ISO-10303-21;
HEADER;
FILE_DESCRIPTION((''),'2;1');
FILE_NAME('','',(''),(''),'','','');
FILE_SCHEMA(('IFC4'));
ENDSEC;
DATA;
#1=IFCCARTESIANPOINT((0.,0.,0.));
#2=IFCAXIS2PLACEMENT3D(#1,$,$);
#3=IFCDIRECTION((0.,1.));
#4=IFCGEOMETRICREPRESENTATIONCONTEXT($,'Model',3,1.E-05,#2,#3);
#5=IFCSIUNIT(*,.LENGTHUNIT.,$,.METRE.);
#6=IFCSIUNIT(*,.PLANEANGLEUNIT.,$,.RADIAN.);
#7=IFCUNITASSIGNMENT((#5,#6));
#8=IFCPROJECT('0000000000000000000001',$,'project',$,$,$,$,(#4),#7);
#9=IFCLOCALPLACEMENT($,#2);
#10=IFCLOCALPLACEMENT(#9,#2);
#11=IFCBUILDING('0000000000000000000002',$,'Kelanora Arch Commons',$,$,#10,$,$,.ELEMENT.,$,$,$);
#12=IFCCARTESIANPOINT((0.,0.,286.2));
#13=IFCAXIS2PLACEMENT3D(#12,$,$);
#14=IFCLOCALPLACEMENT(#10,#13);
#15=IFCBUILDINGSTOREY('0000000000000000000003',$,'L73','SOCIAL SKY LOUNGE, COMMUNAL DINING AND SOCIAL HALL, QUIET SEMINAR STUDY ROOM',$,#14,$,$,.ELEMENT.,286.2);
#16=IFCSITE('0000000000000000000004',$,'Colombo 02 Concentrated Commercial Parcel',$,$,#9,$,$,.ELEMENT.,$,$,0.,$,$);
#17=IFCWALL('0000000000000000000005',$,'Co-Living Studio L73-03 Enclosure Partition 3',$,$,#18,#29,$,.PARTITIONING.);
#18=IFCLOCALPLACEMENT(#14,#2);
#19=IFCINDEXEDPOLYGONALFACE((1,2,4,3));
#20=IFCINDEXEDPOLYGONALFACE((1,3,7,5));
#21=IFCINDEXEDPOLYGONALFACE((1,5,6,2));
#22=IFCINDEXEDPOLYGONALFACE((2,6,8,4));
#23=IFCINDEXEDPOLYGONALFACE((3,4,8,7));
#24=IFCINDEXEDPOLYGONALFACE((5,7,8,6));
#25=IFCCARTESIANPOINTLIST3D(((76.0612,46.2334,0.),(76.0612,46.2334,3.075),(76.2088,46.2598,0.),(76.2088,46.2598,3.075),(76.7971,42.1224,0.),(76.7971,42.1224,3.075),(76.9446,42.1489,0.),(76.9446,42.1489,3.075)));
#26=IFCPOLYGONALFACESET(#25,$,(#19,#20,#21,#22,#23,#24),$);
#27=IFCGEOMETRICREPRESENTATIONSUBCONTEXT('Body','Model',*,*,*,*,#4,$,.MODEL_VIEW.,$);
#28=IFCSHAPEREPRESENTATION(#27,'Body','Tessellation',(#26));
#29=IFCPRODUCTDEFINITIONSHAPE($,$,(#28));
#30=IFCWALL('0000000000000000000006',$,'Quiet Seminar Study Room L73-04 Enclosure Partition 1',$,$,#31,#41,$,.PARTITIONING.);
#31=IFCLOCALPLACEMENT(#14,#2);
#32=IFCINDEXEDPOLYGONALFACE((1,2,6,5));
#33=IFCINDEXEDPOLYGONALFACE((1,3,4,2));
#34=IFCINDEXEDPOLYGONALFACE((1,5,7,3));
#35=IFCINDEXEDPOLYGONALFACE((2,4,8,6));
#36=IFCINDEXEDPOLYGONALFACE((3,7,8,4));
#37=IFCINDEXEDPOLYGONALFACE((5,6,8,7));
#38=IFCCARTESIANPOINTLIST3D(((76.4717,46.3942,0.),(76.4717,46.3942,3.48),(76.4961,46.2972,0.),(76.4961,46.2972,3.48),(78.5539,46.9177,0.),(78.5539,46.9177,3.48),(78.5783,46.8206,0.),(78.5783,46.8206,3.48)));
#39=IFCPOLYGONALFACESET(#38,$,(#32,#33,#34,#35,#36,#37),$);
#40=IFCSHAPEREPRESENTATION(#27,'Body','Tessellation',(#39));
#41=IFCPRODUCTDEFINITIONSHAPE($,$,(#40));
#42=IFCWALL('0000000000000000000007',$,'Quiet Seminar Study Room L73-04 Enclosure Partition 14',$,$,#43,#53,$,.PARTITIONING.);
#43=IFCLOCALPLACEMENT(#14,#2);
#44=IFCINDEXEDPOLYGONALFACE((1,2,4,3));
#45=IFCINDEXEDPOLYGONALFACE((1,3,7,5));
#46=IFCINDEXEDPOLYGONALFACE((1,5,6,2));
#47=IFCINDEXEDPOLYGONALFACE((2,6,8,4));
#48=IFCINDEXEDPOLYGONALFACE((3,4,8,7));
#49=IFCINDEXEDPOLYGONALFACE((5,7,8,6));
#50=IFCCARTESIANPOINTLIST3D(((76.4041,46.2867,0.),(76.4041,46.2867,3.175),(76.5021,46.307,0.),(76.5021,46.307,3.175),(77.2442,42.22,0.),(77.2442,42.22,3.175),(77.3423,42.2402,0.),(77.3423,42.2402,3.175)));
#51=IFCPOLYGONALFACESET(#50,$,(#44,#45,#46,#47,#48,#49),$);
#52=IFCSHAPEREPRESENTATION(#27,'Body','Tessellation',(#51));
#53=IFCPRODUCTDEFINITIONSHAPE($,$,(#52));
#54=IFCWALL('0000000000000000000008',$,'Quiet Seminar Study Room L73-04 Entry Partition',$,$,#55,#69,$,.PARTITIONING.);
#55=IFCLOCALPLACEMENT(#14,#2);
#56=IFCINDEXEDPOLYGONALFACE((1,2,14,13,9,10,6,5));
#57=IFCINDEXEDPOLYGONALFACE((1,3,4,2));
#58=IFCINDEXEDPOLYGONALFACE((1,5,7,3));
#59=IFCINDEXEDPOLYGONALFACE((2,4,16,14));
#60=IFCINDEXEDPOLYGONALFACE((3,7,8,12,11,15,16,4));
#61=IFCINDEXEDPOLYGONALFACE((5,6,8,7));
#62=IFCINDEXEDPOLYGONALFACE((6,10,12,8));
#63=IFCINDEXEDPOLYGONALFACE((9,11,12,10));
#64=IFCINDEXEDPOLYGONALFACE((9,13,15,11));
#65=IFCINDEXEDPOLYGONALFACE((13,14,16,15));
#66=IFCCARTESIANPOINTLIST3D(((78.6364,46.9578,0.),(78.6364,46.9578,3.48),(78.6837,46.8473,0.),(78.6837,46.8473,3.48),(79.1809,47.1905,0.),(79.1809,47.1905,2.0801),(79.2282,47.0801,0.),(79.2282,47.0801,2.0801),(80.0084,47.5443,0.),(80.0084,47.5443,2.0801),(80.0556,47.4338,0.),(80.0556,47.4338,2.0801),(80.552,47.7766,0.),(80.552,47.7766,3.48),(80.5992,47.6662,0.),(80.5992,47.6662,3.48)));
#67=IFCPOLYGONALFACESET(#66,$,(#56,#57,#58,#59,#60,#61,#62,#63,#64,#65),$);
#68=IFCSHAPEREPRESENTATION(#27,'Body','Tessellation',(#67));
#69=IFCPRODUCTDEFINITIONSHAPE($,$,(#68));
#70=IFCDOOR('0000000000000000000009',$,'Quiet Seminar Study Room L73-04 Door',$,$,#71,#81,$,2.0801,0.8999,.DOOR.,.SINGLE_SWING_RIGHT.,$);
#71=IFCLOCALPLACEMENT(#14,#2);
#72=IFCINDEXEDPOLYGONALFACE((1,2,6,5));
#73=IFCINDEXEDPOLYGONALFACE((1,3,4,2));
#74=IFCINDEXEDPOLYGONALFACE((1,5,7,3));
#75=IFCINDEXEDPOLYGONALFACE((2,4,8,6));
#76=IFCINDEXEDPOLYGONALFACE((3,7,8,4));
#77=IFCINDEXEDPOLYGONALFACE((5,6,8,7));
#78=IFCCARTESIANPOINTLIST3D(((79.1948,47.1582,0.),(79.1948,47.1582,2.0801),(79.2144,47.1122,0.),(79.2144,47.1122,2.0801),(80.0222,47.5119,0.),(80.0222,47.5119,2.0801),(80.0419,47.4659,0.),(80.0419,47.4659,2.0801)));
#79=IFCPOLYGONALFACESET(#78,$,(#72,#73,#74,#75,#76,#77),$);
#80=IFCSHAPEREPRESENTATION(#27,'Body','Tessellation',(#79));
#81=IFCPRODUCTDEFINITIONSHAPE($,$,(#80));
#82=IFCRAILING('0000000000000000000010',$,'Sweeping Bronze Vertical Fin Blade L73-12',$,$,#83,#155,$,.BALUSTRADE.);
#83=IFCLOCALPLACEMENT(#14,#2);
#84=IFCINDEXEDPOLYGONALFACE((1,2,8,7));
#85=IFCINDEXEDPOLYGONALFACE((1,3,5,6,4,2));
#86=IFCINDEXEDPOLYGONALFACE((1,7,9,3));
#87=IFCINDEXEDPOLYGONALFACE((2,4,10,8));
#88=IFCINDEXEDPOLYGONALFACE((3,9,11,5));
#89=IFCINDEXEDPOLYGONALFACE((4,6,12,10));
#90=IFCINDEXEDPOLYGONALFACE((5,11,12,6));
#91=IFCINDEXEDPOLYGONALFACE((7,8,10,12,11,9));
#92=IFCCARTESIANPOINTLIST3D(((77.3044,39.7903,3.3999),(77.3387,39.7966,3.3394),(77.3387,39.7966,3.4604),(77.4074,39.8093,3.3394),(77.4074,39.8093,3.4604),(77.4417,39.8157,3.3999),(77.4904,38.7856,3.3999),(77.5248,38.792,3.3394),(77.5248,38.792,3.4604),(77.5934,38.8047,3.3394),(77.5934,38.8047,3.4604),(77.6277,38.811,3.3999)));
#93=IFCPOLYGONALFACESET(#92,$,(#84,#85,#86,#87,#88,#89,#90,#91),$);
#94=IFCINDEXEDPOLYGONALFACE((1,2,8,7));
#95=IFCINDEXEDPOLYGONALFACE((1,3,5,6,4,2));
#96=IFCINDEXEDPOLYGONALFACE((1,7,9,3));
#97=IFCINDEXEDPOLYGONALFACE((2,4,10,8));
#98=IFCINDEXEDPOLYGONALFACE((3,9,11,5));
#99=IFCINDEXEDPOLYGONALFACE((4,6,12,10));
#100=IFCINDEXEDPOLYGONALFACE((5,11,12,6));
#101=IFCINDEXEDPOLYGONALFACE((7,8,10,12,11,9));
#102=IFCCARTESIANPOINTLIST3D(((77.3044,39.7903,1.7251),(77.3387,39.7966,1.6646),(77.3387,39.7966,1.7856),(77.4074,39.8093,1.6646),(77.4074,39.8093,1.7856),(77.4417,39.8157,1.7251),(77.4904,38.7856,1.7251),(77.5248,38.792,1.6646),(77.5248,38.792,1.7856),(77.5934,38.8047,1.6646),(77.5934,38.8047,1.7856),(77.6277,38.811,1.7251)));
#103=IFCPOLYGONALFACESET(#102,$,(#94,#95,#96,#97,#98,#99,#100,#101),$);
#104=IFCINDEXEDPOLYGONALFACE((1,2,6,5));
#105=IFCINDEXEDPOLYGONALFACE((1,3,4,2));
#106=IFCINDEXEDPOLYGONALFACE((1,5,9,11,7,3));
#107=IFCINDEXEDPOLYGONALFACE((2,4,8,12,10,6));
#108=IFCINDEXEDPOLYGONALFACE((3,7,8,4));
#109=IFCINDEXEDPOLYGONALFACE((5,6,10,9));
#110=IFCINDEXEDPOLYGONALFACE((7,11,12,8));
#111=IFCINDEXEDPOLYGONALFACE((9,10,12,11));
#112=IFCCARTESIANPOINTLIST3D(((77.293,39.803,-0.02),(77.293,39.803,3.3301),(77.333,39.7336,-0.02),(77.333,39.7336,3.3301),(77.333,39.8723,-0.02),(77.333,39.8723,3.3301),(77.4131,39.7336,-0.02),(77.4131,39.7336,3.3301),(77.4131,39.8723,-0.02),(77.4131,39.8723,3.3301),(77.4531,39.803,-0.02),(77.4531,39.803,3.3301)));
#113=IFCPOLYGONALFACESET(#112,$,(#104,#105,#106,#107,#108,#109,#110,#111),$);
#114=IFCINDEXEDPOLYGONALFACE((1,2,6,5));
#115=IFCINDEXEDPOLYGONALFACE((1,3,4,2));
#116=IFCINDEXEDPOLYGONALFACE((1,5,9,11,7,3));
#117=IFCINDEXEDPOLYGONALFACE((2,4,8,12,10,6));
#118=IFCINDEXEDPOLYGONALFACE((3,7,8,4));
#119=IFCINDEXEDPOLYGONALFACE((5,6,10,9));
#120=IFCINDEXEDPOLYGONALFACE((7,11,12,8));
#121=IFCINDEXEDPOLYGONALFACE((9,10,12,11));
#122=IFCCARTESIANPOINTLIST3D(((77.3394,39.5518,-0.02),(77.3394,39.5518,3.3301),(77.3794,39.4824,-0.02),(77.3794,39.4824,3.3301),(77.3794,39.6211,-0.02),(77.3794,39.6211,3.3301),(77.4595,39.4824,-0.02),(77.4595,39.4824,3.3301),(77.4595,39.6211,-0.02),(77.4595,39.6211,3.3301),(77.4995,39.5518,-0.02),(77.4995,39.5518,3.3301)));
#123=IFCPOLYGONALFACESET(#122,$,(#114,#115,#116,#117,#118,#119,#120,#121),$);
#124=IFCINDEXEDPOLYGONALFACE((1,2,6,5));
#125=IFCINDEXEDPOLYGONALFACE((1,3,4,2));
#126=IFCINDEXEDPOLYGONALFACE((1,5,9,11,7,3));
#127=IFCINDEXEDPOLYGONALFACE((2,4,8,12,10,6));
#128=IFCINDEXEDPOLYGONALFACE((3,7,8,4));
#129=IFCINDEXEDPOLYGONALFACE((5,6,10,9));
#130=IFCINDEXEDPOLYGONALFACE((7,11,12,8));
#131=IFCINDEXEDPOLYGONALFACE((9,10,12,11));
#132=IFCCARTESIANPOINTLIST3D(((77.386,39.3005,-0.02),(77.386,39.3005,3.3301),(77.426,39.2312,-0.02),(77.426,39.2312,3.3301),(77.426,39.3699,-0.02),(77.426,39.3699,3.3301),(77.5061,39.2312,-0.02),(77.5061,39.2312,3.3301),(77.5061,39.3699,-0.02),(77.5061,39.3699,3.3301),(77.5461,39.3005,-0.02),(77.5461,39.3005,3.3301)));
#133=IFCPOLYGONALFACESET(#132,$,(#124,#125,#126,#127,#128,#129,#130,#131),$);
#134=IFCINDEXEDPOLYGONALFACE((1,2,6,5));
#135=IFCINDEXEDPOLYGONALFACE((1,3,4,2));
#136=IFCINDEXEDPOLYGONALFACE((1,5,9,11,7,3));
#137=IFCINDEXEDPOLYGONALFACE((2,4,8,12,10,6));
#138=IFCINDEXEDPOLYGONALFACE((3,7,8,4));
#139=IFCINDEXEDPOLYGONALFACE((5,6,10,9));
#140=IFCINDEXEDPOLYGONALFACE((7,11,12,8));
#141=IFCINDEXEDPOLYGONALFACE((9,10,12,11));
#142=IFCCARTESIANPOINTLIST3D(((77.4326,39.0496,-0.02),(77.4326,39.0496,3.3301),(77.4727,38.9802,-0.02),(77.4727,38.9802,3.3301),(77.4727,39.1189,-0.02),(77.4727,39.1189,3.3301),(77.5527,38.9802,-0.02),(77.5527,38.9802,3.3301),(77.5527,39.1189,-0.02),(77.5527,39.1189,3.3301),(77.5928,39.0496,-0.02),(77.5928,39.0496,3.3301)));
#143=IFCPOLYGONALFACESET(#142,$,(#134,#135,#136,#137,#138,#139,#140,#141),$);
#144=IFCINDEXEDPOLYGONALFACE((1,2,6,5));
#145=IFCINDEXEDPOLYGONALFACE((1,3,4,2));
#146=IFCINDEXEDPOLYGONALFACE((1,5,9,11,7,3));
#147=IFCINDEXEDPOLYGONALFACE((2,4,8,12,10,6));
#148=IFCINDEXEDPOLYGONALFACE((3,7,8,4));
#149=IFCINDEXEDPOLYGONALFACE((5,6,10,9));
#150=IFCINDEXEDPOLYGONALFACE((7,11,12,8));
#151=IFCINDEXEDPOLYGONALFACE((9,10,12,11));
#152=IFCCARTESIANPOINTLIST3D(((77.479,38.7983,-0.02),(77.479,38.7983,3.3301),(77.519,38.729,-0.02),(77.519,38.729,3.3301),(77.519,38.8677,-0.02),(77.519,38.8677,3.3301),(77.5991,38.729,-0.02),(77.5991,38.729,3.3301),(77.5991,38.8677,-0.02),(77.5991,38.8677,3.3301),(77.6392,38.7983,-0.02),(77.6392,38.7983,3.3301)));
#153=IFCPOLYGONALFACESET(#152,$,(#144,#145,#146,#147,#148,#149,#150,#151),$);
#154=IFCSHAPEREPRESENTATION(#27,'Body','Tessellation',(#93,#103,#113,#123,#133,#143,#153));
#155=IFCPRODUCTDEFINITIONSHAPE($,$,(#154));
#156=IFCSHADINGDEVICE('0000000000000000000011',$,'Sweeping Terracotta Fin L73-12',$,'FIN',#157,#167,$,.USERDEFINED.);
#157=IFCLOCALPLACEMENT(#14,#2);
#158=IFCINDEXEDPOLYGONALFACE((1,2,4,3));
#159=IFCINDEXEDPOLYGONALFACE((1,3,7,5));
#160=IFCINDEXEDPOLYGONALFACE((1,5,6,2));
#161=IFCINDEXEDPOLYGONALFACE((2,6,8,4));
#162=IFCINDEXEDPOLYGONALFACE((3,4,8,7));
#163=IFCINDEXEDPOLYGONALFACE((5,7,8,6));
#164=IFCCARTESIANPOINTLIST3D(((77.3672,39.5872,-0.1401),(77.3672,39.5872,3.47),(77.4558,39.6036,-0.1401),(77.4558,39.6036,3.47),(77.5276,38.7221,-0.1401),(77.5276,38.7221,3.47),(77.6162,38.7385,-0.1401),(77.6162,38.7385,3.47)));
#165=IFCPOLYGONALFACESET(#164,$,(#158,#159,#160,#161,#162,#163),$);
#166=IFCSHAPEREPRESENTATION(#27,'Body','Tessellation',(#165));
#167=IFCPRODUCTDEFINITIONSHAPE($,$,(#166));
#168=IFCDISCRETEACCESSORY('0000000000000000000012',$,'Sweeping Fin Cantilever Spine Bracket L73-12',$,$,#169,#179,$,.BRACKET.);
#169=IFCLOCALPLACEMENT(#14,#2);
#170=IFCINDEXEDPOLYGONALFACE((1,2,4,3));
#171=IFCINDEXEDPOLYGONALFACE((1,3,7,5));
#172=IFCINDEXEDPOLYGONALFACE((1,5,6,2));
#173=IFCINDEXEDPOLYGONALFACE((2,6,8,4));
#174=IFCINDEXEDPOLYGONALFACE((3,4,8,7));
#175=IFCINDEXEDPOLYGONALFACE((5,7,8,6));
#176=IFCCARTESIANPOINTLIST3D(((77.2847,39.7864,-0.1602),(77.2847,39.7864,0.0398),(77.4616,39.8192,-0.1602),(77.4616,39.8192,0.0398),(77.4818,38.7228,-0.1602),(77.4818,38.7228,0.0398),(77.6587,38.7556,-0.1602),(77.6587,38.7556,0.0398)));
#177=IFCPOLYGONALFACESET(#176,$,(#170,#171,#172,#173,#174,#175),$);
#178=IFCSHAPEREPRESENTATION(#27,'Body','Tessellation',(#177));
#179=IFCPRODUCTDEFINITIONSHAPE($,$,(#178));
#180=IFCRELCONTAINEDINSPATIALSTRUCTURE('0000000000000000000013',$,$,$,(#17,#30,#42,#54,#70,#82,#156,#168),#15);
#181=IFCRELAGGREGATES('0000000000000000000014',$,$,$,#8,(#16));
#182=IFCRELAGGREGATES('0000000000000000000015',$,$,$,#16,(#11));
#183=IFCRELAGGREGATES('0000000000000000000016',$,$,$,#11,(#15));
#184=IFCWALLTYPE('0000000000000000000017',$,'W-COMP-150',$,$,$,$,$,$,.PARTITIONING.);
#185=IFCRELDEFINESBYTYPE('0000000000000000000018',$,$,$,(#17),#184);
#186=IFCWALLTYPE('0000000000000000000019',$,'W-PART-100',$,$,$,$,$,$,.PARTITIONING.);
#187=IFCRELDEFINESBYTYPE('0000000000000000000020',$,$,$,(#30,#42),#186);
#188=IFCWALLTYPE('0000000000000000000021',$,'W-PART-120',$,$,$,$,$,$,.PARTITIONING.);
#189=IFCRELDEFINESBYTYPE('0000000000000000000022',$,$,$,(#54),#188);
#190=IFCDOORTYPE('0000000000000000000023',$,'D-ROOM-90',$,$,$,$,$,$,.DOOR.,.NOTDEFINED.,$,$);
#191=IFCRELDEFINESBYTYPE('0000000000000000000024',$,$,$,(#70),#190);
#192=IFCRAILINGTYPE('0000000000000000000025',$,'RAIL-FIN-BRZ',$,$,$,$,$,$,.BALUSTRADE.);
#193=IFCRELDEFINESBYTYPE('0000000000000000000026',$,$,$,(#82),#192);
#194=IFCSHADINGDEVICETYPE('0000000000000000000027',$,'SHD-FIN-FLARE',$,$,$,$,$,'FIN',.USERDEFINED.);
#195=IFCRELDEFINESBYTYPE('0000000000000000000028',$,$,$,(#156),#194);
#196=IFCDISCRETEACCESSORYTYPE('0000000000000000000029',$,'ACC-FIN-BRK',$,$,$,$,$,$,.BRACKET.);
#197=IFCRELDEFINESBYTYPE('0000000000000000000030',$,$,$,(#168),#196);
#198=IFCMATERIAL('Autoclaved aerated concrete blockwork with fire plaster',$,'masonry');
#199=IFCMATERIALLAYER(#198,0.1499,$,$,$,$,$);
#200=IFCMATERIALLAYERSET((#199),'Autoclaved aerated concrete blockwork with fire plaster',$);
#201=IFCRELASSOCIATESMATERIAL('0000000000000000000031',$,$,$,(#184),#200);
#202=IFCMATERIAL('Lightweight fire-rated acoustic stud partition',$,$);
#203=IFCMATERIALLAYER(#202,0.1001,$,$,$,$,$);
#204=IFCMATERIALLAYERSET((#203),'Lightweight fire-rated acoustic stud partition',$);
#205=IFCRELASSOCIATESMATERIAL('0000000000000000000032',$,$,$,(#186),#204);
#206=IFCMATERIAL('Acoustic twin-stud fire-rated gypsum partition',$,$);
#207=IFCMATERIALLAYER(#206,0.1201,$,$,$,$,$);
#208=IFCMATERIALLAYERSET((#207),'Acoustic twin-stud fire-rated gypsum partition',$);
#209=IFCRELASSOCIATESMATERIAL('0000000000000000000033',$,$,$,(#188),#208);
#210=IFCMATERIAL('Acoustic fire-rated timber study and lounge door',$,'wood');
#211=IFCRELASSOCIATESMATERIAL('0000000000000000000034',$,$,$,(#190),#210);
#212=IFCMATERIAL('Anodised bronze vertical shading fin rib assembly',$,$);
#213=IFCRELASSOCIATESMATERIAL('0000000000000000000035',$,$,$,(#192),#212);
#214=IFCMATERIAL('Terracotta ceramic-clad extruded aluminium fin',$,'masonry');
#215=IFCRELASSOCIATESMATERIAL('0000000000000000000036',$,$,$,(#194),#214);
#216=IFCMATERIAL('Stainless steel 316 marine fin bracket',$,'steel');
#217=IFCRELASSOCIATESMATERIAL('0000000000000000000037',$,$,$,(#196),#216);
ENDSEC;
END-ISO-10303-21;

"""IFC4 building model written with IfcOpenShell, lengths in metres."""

from ifc_helpers import new_model, si_unit, direction, frame, frame_2d, origin, origin_2d, place, context, subcontext, project, spatial, polyline, rectangle, outline, extrude, source, transform, mapped, material, layer, layer_set, type_object, element, fill, save


model = new_model("IFC4")

# Units and contexts
model_context = context("Model", 3, precision=1e-05, world=origin(), true_north=direction((0.0, 1.0)))
body_context = subcontext(model_context, "Body", "Model", "MODEL_VIEW")
ifc_project = project(units=[si_unit("LENGTHUNIT", "METRE"), si_unit("PLANEANGLEUNIT", "RADIAN")], contexts=[model_context])

# Site, building, storey
site_placement = place(None, origin())
site = spatial("IfcSite", under=ifc_project, at=site_placement, Name="Colombo 02 Concentrated Commercial Parcel", CompositionType="ELEMENT", RefElevation=0.0)
building_placement = place(site_placement, origin())
building = spatial("IfcBuilding", under=site, at=building_placement, Name="Kelanora Arch Commons", CompositionType="ELEMENT")
storey_placement = place(building_placement, frame((0.0, 0.0, 286.2)))
storey = spatial("IfcBuildingStorey", under=building, at=storey_placement, Name="L73", Description="SOCIAL SKY LOUNGE, COMMUNAL DINING AND SOCIAL HALL, QUIET SEMINAR STUDY ROOM", CompositionType="ELEMENT", Elevation=286.2)

# Walls
ifc_material_1 = material(Name="Autoclaved aerated concrete blockwork with fire plaster", Category="masonry")
ifc_layer_1 = layer(ifc_material_1, 0.1499)
ifc_layer_set_1 = layer_set([ifc_layer_1], Name="Autoclaved aerated concrete blockwork with fire plaster")
wall_type_1 = type_object("IfcWallType", Name="W-COMP-150", PredefinedType="PARTITIONING", material=ifc_layer_set_1)
wall_1_placement = place(storey_placement, frame((76.135, 46.2466, 0.0), z_axis=(0.0, 0.0, 1.0), x_axis=(0.176199, -0.984355, 0.0)))
element("IfcWall", 1, at=wall_1_placement, inside=storey, type_object=wall_type_1, Name="Co-Living Studio L73-03 Enclosure Partition 3", PredefinedType="PARTITIONING", context=body_context, shape_type="SweptSolid", body=[
    extrude(rectangle(XDim=4.1763, YDim=0.1499, at=frame_2d((2.0881, 0.0))), origin(), (0.0, 0.0, 1.0), 3.075),
])
ifc_material_2 = material(Name="Lightweight fire-rated acoustic stud partition")
ifc_layer_2 = layer(ifc_material_2, 0.1001)
ifc_layer_set_2 = layer_set([ifc_layer_2], Name="Lightweight fire-rated acoustic stud partition")
wall_type_2 = type_object("IfcWallType", Name="W-PART-100", PredefinedType="PARTITIONING", material=ifc_layer_set_2)
wall_2_placement = place(storey_placement, frame((76.4839, 46.3457, 0.0), z_axis=(0.0, 0.0, 1.0), x_axis=(0.969827, 0.243793, 0.0)))
element("IfcWall", 2, at=wall_2_placement, inside=storey, type_object=wall_type_2, Name="Quiet Seminar Study Room L73-04 Enclosure Partition 1", PredefinedType="PARTITIONING", context=body_context, shape_type="SweptSolid", body=[
    extrude(rectangle(XDim=2.147, YDim=0.1001, at=frame_2d((1.0735, 0.0))), origin(), (0.0, 0.0, 1.0), 3.48),
])
wall_3_placement = place(storey_placement, frame((77.2932, 42.2302, 0.0), z_axis=(0.0, 0.0, 1.0), x_axis=(-0.202308, 0.979322, 0.0)))
element("IfcWall", 3, at=wall_3_placement, inside=storey, type_object=wall_type_2, Name="Quiet Seminar Study Room L73-04 Enclosure Partition 14", PredefinedType="PARTITIONING", context=body_context, shape_type="SweptSolid", body=[
    extrude(rectangle(XDim=4.1526, YDim=0.1001, at=frame_2d((2.0762, 0.0))), origin(), (0.0, 0.0, 1.0), 3.175),
])

# Wall, opening, door
ifc_material_3 = material(Name="Acoustic twin-stud fire-rated gypsum partition")
ifc_layer_3 = layer(ifc_material_3, 0.1201)
ifc_layer_set_3 = layer_set([ifc_layer_3], Name="Acoustic twin-stud fire-rated gypsum partition")
wall_type_3 = type_object("IfcWallType", Name="W-PART-120", PredefinedType="PARTITIONING", material=ifc_layer_set_3)
wall_4_placement = place(storey_placement, frame((78.6602, 46.9026, 0.0), z_axis=(0.0, 0.0, 1.0), x_axis=(0.919508, 0.39307, 0.0)))
wall_4 = element("IfcWall", 4, at=wall_4_placement, inside=storey, type_object=wall_type_3, Name="Quiet Seminar Study Room L73-04 Entry Partition", PredefinedType="PARTITIONING", context=body_context, shape_type="SweptSolid", body=[
    extrude(rectangle(XDim=2.0833, YDim=0.1201, at=frame_2d((1.0415, 0.0))), origin(), (0.0, 0.0, 1.0), 3.48),
])
opening_placement = place(wall_4_placement, frame((0.592, 0.0, 0.0)))
opening = element("IfcOpeningElement", 5, at=opening_placement, cuts=wall_4, PredefinedType="OPENING", context=body_context, shape_type="SweptSolid", body=[
    extrude(rectangle(XDim=0.8999, YDim=2.0801, at=frame_2d((0.45, 1.04))), frame((0.0, 0.0701, 0.0), z_axis=(0.0, -1.0, 0.0), x_axis=(1.0, 0.0, 0.0)), (0.0, 0.0, 1.0), 0.1401),
])
ifc_material_4 = material(Name="Acoustic fire-rated timber study and lounge door", Category="wood")
door_type = type_object("IfcDoorType", Name="D-ROOM-90", OperationType="NOTDEFINED", PredefinedType="DOOR", material=ifc_material_4)
door_placement = place(opening_placement, origin())
door = element("IfcDoor", 6, at=door_placement, inside=storey, type_object=door_type, Name="Quiet Seminar Study Room L73-04 Door", OperationType="SINGLE_SWING_RIGHT", OverallHeight=2.0801, OverallWidth=0.8999, PredefinedType="DOOR", context=body_context, shape_type="SweptSolid", body=[
    extrude(rectangle(XDim=0.8999, YDim=2.0801, at=frame_2d((0.45, 1.04))), frame((0.0, 0.0249, 0.0), z_axis=(0.0, -1.0, 0.0), x_axis=(1.0, 0.0, 0.0)), (0.0, 0.0, 1.0), 0.05),
])
fill(opening, door)

# Railing
ifc_material_5 = material(Name="Anodised bronze vertical shading fin rib assembly")
railing_type = type_object("IfcRailingType", Name="RAIL-FIN-BRZ", PredefinedType="BALUSTRADE", material=ifc_material_5)
railing_placement = place(storey_placement, frame((77.373, 39.803, -0.02)))
element("IfcRailing", 7, at=railing_placement, inside=storey, type_object=railing_type, Name="Sweeping Bronze Vertical Fin Blade L73-12", PredefinedType="BALUSTRADE", context=body_context, shape_type="SweptSolid", body=[
    extrude(outline(polyline([(0.0698, 0.0), (0.0349, 0.0605), (-0.0349, 0.0605), (-0.0698, 0.0), (-0.0349, -0.0605), (0.0349, -0.0605), (0.0698, 0.0)])), frame((0.0, 0.0, 3.4199), z_axis=(0.182081, -0.983284, 0.0), x_axis=(0.983284, 0.182081, 0.0)), (0.0, 0.0, 1.0), 1.0217),
    extrude(outline(polyline([(0.0698, 0.0), (0.0349, 0.0605), (-0.0349, 0.0605), (-0.0698, 0.0), (-0.0349, -0.0605), (0.0349, -0.0605), (0.0698, 0.0)])), frame((0.0, 0.0, 1.7451), z_axis=(0.182081, -0.983284, 0.0), x_axis=(0.983284, 0.182081, 0.0)), (0.0, 0.0, 1.0), 1.0217),
    extrude(outline(polyline([(0.0801, 0.0), (0.04, 0.0693), (-0.04, 0.0693), (-0.0801, 0.0), (-0.04, -0.0693), (0.04, -0.0693), (0.0801, 0.0)])), origin(), (0.0, 0.0, 1.0), 3.3501),
    extrude(outline(polyline([(0.0801, 0.0), (0.04, 0.0693), (-0.04, 0.0693), (-0.0801, 0.0), (-0.04, -0.0693), (0.04, -0.0693), (0.0801, 0.0)])), frame((0.0464, -0.2512, 0.0)), (0.0, 0.0, 1.0), 3.3501),
    extrude(outline(polyline([(0.0801, 0.0), (0.04, 0.0693), (-0.04, 0.0693), (-0.0801, 0.0), (-0.04, -0.0693), (0.04, -0.0693), (0.0801, 0.0)])), frame((0.093, -0.5024, 0.0)), (0.0, 0.0, 1.0), 3.3501),
    extrude(outline(polyline([(0.0801, 0.0), (0.04, 0.0693), (-0.04, 0.0693), (-0.0801, 0.0), (-0.04, -0.0693), (0.04, -0.0693), (0.0801, 0.0)])), frame((0.1396, -0.7534, 0.0)), (0.0, 0.0, 1.0), 3.3501),
    extrude(outline(polyline([(0.0801, 0.0), (0.04, 0.0693), (-0.04, 0.0693), (-0.0801, 0.0), (-0.04, -0.0693), (0.04, -0.0693), (0.0801, 0.0)])), frame((0.186, -1.0046, 0.0)), (0.0, 0.0, 1.0), 3.3501),
])

# Shading device
ifc_material_6 = material(Name="Terracotta ceramic-clad extruded aluminium fin", Category="masonry")
shading_device_type = type_object("IfcShadingDeviceType", Name="SHD-FIN-FLARE", ElementType="FIN", PredefinedType="USERDEFINED", material=ifc_material_6)
shared_shape_1 = source(origin(), body_context, "Body", "SweptSolid", [
    extrude(rectangle(XDim=0.8799, YDim=0.0901, at=origin_2d()), origin(), (0.0, 0.0, 1.0), 3.6101),
])
shading_device_placement = place(storey_placement, frame((77.4917, 39.1628, -0.1401), z_axis=(0.0, 0.0, 1.0), x_axis=(0.182236, -0.983255, 0.0)))
element("IfcShadingDevice", 8, at=shading_device_placement, inside=storey, type_object=shading_device_type, Name="Sweeping Terracotta Fin L73-12", ObjectType="FIN", PredefinedType="USERDEFINED", context=body_context, shape_type="MappedRepresentation", body=[
    mapped(shared_shape_1, transform((0.0, 0.0, 0.0), scale=1.0)),
])

# Discrete accessory
ifc_material_7 = material(Name="Stainless steel 316 marine fin bracket", Category="steel")
discrete_accessory_type = type_object("IfcDiscreteAccessoryType", Name="ACC-FIN-BRK", PredefinedType="BRACKET", material=ifc_material_7)
shared_shape_2 = source(origin(), body_context, "Body", "SweptSolid", [
    extrude(rectangle(XDim=1.0818, YDim=0.1799, at=origin_2d()), origin(), (0.0, 0.0, 1.0), 0.2),
])
discrete_accessory_placement = place(storey_placement, frame((77.4717, 39.271, -0.1602), z_axis=(0.0, 0.0, 1.0), x_axis=(0.182236, -0.983255, 0.0)))
element("IfcDiscreteAccessory", 9, at=discrete_accessory_placement, inside=storey, type_object=discrete_accessory_type, Name="Sweeping Fin Cantilever Spine Bracket L73-12", PredefinedType="BRACKET", context=body_context, shape_type="MappedRepresentation", body=[
    mapped(shared_shape_2, transform((0.0, 0.0, 0.0), scale=1.0)),
])

save(model, "model.ifc")
